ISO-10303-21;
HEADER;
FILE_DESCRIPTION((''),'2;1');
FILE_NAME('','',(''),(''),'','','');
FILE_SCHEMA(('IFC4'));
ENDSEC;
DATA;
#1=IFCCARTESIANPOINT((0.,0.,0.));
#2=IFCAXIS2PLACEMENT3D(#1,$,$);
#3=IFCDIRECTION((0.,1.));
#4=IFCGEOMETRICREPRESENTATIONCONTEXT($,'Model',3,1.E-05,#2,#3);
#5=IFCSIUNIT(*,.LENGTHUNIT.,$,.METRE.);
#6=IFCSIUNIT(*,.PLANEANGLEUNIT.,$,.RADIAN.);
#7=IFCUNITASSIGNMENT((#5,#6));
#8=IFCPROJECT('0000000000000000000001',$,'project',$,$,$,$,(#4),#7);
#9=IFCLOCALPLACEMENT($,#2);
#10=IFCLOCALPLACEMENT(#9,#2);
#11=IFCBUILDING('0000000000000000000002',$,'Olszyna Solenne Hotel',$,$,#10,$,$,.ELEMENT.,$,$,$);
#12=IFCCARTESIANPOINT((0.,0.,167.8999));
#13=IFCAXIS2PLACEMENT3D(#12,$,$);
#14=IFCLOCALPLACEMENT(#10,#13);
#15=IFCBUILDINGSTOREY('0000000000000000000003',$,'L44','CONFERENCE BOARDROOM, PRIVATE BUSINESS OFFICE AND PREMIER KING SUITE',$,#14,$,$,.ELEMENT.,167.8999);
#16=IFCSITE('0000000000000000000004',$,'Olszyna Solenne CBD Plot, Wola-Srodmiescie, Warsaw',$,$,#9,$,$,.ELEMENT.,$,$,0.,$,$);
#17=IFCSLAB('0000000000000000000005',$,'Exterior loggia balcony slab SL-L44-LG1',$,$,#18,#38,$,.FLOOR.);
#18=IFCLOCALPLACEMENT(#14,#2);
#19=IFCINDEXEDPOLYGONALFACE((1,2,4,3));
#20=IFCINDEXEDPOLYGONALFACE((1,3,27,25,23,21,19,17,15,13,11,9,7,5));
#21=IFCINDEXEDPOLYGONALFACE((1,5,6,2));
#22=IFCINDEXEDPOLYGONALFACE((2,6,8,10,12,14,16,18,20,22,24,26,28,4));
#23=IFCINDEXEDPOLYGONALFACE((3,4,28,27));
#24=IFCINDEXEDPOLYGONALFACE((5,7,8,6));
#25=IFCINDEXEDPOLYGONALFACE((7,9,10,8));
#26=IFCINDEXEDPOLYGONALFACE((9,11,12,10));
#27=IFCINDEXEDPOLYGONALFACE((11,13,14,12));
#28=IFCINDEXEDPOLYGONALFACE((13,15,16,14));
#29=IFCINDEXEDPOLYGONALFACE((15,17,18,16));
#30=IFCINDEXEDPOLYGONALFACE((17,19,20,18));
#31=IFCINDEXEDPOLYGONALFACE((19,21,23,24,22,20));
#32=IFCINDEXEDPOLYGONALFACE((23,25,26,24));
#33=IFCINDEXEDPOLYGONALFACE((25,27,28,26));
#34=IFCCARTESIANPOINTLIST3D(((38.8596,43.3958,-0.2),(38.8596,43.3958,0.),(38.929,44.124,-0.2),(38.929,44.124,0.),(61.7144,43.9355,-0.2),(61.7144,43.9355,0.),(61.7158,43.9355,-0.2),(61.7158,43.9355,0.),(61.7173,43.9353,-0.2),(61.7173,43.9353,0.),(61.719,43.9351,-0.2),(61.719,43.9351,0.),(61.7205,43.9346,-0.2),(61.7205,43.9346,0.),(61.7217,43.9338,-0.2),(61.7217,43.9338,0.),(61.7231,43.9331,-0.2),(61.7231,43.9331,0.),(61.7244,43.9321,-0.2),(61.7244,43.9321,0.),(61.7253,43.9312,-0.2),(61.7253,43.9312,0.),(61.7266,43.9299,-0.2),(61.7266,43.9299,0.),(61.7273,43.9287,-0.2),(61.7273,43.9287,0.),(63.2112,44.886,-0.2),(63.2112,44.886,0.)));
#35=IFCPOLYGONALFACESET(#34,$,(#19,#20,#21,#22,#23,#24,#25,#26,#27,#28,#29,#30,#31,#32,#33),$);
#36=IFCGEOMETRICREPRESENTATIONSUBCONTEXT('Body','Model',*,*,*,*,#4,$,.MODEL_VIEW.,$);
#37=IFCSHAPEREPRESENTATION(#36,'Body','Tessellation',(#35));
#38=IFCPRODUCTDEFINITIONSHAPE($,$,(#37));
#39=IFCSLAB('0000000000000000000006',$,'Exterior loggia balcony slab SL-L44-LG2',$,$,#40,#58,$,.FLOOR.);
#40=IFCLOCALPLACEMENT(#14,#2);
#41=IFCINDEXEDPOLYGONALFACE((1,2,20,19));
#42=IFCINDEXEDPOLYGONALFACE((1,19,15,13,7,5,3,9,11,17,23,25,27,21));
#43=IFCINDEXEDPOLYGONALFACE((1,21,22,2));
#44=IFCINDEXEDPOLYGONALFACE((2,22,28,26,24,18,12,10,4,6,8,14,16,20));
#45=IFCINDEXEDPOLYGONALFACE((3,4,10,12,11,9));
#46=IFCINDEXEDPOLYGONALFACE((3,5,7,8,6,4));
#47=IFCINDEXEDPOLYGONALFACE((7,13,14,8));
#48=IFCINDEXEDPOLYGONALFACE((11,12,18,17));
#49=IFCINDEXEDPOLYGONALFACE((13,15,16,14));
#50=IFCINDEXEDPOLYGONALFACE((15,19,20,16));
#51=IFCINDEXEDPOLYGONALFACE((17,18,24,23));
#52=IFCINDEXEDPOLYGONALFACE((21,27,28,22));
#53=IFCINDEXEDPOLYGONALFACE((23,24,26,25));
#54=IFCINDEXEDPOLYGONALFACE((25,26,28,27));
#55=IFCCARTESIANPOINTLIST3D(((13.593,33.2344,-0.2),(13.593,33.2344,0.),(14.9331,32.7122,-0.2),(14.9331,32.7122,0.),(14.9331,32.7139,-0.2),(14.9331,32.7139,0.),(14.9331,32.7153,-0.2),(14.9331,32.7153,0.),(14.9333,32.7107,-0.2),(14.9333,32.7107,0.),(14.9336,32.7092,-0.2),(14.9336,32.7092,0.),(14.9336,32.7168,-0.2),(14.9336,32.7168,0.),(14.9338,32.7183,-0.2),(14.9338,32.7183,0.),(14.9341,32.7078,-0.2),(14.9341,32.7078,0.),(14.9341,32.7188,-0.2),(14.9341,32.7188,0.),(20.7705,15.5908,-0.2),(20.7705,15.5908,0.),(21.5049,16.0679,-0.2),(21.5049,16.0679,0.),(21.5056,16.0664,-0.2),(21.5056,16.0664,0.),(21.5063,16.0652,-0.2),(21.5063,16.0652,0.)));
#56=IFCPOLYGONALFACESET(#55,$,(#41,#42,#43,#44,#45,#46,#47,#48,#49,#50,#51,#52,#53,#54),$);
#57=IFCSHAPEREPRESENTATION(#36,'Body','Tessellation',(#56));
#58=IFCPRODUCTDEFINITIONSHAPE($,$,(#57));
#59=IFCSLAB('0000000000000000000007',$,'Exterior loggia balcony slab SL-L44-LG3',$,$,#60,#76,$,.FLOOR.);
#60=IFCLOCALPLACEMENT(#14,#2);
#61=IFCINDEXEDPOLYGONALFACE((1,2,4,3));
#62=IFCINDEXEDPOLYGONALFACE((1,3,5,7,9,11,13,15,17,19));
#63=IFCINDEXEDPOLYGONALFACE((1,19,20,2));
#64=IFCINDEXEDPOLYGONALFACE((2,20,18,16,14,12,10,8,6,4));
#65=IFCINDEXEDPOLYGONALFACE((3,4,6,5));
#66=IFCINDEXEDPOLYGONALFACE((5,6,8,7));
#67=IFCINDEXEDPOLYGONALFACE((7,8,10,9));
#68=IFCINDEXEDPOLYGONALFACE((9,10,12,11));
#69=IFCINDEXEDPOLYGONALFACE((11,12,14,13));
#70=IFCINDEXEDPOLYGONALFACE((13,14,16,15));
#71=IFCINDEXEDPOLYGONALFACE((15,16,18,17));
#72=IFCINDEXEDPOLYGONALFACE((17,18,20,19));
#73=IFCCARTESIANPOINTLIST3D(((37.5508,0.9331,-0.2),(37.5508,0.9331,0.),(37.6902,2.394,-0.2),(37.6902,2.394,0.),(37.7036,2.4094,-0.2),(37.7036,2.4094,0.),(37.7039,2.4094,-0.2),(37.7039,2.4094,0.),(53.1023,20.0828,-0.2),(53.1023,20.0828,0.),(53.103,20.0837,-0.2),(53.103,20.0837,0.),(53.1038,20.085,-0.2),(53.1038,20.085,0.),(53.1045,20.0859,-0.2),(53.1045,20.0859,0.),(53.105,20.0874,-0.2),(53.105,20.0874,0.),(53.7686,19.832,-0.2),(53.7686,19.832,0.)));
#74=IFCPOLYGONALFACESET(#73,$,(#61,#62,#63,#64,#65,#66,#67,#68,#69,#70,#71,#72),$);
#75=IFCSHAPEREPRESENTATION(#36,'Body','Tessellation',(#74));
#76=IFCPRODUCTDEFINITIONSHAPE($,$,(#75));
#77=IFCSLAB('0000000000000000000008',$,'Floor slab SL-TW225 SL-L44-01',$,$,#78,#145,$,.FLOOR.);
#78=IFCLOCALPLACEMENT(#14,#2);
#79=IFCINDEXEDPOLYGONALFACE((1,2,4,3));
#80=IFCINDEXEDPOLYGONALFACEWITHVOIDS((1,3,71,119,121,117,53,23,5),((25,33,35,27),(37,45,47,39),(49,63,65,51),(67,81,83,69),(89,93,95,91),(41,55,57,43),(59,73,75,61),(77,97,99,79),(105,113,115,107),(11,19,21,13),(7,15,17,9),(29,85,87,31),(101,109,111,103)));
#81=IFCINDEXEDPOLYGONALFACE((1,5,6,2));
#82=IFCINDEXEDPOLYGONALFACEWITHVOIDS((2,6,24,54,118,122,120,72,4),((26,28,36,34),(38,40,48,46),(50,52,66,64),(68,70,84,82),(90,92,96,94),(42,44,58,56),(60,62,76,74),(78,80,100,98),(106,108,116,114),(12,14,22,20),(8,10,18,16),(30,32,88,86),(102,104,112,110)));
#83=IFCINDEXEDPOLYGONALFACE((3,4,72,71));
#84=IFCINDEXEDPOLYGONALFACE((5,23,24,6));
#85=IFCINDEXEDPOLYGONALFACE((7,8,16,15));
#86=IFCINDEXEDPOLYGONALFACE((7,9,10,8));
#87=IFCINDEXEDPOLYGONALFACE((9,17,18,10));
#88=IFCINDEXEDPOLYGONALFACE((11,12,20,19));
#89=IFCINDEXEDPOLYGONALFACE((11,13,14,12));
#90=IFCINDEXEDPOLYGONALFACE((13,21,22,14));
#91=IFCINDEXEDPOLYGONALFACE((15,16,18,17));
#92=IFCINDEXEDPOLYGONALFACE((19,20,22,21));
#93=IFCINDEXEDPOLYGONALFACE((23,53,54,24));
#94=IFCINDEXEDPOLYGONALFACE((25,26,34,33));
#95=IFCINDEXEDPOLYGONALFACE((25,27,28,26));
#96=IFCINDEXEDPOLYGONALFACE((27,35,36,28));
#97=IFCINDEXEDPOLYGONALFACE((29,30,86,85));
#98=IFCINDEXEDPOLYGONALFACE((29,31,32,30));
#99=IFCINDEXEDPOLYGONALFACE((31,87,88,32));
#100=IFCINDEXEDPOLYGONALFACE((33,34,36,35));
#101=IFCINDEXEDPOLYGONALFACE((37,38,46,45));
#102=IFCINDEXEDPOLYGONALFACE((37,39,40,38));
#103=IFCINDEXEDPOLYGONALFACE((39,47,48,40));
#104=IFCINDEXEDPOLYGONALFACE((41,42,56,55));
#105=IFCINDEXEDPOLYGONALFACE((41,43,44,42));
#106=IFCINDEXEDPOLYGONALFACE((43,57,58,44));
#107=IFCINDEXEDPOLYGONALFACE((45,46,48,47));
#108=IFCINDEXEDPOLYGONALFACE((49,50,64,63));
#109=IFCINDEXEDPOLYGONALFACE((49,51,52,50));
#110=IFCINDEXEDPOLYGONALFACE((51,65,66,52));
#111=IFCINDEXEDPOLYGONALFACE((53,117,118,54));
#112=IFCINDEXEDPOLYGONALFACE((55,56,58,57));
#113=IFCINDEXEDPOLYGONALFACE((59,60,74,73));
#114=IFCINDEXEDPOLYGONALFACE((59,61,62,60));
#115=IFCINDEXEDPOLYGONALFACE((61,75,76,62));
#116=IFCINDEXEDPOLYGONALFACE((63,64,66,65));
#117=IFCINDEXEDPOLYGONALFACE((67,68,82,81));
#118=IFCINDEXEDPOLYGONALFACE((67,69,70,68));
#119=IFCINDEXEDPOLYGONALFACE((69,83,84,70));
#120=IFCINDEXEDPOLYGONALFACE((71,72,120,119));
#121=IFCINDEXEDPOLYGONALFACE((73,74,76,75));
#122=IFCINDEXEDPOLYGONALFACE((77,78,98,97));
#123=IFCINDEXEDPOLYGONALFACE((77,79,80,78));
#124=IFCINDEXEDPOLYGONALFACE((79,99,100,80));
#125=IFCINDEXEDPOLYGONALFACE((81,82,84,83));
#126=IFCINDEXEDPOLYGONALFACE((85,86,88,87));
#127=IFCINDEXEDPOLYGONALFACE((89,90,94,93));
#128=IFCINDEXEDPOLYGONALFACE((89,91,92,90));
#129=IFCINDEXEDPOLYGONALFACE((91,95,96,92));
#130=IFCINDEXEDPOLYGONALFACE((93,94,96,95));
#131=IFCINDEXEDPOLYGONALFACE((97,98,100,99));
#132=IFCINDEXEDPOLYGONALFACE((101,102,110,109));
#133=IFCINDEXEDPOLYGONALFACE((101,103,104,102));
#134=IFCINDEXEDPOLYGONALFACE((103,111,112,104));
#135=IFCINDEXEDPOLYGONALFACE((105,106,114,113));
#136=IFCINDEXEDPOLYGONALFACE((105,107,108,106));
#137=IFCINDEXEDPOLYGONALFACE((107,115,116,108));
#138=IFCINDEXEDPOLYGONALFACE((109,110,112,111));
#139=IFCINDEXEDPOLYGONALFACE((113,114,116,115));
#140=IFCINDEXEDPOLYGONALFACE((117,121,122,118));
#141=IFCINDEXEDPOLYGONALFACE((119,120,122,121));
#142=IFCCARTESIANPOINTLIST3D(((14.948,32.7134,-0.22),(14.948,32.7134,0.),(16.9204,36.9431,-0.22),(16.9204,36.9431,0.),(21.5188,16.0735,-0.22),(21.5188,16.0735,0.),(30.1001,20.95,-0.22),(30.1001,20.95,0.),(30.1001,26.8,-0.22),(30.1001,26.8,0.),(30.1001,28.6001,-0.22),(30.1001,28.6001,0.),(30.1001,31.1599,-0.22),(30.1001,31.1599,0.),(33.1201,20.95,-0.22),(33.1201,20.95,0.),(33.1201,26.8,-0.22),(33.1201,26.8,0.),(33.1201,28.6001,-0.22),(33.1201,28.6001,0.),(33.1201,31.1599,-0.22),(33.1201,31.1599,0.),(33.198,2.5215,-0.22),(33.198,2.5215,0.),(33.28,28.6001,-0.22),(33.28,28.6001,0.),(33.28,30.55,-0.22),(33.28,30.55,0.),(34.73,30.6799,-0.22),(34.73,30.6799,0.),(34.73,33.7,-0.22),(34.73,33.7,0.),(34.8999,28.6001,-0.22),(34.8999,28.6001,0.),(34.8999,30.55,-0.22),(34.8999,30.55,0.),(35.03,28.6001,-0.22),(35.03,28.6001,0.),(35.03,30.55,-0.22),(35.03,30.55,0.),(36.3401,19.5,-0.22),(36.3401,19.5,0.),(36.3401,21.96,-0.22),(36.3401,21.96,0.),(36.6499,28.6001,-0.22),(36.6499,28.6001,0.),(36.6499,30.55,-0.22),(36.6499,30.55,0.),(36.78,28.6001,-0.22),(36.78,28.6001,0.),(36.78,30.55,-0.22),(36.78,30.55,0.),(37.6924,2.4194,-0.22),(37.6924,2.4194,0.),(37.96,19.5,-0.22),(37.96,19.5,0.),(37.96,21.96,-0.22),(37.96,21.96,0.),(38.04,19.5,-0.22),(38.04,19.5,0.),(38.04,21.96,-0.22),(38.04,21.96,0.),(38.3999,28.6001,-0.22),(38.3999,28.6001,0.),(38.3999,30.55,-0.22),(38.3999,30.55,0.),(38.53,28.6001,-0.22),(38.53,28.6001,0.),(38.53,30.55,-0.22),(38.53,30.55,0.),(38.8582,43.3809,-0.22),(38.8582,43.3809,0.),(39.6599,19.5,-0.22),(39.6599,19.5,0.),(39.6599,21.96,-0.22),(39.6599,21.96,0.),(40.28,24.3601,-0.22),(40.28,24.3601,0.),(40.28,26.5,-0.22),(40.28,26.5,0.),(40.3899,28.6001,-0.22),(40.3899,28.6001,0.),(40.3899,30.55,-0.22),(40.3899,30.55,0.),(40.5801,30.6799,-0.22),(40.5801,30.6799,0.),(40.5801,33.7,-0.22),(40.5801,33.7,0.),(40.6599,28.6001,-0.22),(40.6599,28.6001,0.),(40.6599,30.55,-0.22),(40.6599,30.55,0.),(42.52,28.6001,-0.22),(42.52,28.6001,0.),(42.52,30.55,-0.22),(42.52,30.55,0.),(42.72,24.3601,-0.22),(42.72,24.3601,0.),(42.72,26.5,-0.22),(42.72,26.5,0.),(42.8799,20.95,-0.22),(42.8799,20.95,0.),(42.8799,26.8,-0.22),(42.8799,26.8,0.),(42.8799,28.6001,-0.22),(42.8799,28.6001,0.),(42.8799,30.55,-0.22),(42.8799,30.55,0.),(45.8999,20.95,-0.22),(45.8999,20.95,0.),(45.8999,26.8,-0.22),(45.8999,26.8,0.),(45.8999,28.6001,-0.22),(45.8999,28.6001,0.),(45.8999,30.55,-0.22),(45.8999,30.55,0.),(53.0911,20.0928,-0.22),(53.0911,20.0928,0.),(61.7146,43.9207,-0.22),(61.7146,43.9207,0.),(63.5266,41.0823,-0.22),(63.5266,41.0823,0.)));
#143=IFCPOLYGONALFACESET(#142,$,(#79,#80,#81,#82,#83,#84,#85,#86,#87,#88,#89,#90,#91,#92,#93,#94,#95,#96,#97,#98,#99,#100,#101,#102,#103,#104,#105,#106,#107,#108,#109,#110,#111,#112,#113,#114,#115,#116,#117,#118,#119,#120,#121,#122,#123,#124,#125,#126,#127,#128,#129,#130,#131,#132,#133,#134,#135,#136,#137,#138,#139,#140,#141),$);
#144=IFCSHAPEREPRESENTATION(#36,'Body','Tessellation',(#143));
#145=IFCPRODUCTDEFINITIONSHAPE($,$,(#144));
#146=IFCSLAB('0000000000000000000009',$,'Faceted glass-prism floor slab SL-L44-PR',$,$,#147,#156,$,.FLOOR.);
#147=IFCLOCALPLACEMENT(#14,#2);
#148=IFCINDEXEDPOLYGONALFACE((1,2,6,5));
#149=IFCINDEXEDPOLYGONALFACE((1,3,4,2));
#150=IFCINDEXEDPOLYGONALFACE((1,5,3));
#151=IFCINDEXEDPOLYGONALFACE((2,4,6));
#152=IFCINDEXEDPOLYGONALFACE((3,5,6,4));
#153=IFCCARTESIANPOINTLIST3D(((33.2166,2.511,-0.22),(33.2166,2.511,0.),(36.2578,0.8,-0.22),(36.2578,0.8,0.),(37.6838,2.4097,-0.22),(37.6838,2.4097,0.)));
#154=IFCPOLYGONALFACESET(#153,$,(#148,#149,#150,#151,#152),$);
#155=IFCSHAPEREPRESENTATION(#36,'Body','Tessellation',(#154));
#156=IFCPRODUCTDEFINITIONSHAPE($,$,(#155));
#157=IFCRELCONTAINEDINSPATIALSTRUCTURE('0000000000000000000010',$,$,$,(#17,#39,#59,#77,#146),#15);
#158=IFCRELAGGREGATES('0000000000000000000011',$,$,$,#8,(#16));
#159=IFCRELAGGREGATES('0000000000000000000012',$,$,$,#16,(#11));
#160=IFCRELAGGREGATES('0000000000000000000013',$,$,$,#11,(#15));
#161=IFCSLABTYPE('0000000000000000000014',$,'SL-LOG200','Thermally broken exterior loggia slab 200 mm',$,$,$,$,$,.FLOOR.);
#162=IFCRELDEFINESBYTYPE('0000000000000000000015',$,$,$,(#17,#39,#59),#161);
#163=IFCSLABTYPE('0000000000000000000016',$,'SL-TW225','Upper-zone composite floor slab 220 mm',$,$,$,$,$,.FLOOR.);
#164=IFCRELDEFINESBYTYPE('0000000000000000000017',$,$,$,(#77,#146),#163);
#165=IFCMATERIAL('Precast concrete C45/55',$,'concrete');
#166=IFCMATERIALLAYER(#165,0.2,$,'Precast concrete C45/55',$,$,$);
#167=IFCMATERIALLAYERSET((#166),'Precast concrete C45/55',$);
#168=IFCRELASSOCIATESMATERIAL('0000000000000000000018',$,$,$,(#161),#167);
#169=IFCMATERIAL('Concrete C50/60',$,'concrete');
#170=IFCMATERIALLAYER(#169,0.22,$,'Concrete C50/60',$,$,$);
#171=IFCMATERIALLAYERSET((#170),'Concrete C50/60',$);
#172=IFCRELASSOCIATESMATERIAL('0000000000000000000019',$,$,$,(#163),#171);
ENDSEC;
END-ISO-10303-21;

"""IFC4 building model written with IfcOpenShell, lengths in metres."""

from ifc_helpers import new_model, si_unit, direction, frame, origin, place, context, subcontext, project, spatial, polyline, outline, extrude, material, layer, layer_set, type_object, element, save


model = new_model("IFC4")

# Units and contexts
model_context = context("Model", 3, precision=1e-05, world=origin(), true_north=direction((0.0, 1.0)))
body_context = subcontext(model_context, "Body", "Model", "MODEL_VIEW")
ifc_project = project(units=[si_unit("LENGTHUNIT", "METRE"), si_unit("PLANEANGLEUNIT", "RADIAN")], contexts=[model_context])

# Site, building, storey
site_placement = place(None, origin())
site = spatial("IfcSite", under=ifc_project, at=site_placement, Name="Olszyna Solenne CBD Plot, Wola-Srodmiescie, Warsaw", CompositionType="ELEMENT", RefElevation=0.0)
building_placement = place(site_placement, origin())
building = spatial("IfcBuilding", under=site, at=building_placement, Name="Olszyna Solenne Hotel", CompositionType="ELEMENT")
storey_placement = place(building_placement, frame((0.0, 0.0, 167.8999)))
storey = spatial("IfcBuildingStorey", under=building, at=storey_placement, Name="L44", Description="CONFERENCE BOARDROOM, PRIVATE BUSINESS OFFICE AND PREMIER KING SUITE", CompositionType="ELEMENT", Elevation=167.8999)

# Slabs
ifc_material_1 = material(Name="Precast concrete C45/55", Category="concrete")
ifc_layer_1 = layer(ifc_material_1, 0.2, Name="Precast concrete C45/55")
ifc_layer_set_1 = layer_set([ifc_layer_1], Name="Precast concrete C45/55")
slab_type_1 = type_object("IfcSlabType", Name="SL-LOG200", Description="Thermally broken exterior loggia slab 200 mm", PredefinedType="FLOOR", material=ifc_layer_set_1)
slab_1_placement = place(storey_placement, frame((0.0, 0.0, -0.2)))
element("IfcSlab", 1, at=slab_1_placement, inside=storey, type_object=slab_type_1, Name="Exterior loggia balcony slab SL-L44-LG1", PredefinedType="FLOOR", context=body_context, shape_type="SweptSolid", body=[
    extrude(outline(polyline([(38.8596, 43.3958), (61.7144, 43.9355), (61.7158, 43.9355), (61.7173, 43.9353), (61.719, 43.9351), (61.7205, 43.9346), (61.7217, 43.9338), (61.7231, 43.9331), (61.7244, 43.9321), (61.7253, 43.9312), (61.7266, 43.9299), (61.7273, 43.9287), (63.2112, 44.886), (38.929, 44.124), (38.8596, 43.3958)])), origin(), (0.0, 0.0, 1.0), 0.2),
])
slab_2_placement = place(storey_placement, frame((0.0, 0.0, -0.2)))
element("IfcSlab", 2, at=slab_2_placement, inside=storey, type_object=slab_type_1, Name="Exterior loggia balcony slab SL-L44-LG2", PredefinedType="FLOOR", context=body_context, shape_type="SweptSolid", body=[
    extrude(outline(polyline([(21.5063, 16.0652), (21.5056, 16.0664), (21.5049, 16.0679), (14.9341, 32.7078), (14.9336, 32.7092), (14.9333, 32.7107), (14.9331, 32.7122), (14.9331, 32.7139), (14.9331, 32.7153), (14.9336, 32.7168), (14.9338, 32.7183), (14.9341, 32.7188), (13.593, 33.2344), (20.7705, 15.5908), (21.5063, 16.0652)])), origin(), (0.0, 0.0, 1.0), 0.2),
])
slab_3_placement = place(storey_placement, frame((0.0, 0.0, -0.2)))
element("IfcSlab", 3, at=slab_3_placement, inside=storey, type_object=slab_type_1, Name="Exterior loggia balcony slab SL-L44-LG3", PredefinedType="FLOOR", context=body_context, shape_type="SweptSolid", body=[
    extrude(outline(polyline([(53.105, 20.0874), (53.1045, 20.0859), (53.1038, 20.085), (53.103, 20.0837), (53.1023, 20.0828), (37.7039, 2.4094), (37.7036, 2.4094), (37.6902, 2.394), (37.5508, 0.9331), (53.7686, 19.832), (53.105, 20.0874)])), origin(), (0.0, 0.0, 1.0), 0.2),
])
ifc_material_2 = material(Name="Concrete C50/60", Category="concrete")
ifc_layer_2 = layer(ifc_material_2, 0.22, Name="Concrete C50/60")
ifc_layer_set_2 = layer_set([ifc_layer_2], Name="Concrete C50/60")
slab_type_2 = type_object("IfcSlabType", Name="SL-TW225", Description="Upper-zone composite floor slab 220 mm", PredefinedType="FLOOR", material=ifc_layer_set_2)
slab_4_placement = place(storey_placement, frame((0.0, 0.0, -0.22)))
element("IfcSlab", 4, at=slab_4_placement, inside=storey, type_object=slab_type_2, Name="Floor slab SL-TW225 SL-L44-01", PredefinedType="FLOOR", context=body_context, shape_type="SweptSolid", body=[
    extrude(outline(polyline([(63.5266, 41.0823), (61.7146, 43.9207), (38.8582, 43.3809), (16.9204, 36.9431), (14.948, 32.7134), (21.5188, 16.0735), (33.198, 2.5215), (37.6924, 2.4194), (53.0911, 20.0928), (63.5266, 41.0823)]), holes=[polyline([(30.1001, 20.95), (33.1201, 20.95), (33.1201, 26.8), (30.1001, 26.8), (30.1001, 20.95)]), polyline([(42.8799, 20.95), (45.8999, 20.95), (45.8999, 26.8), (42.8799, 26.8), (42.8799, 20.95)]), polyline([(34.73, 30.6799), (40.5801, 30.6799), (40.5801, 33.7), (34.73, 33.7), (34.73, 30.6799)]), polyline([(36.3401, 19.5), (37.96, 19.5), (37.96, 21.96), (36.3401, 21.96), (36.3401, 19.5)]), polyline([(38.04, 19.5), (39.6599, 19.5), (39.6599, 21.96), (38.04, 21.96), (38.04, 19.5)]), polyline([(30.1001, 28.6001), (33.1201, 28.6001), (33.1201, 31.1599), (30.1001, 31.1599), (30.1001, 28.6001)]), polyline([(40.28, 24.3601), (42.72, 24.3601), (42.72, 26.5), (40.28, 26.5), (40.28, 24.3601)]), polyline([(33.28, 28.6001), (34.8999, 28.6001), (34.8999, 30.55), (33.28, 30.55), (33.28, 28.6001)]), polyline([(35.03, 28.6001), (36.6499, 28.6001), (36.6499, 30.55), (35.03, 30.55), (35.03, 28.6001)]), polyline([(36.78, 28.6001), (38.3999, 28.6001), (38.3999, 30.55), (36.78, 30.55), (36.78, 28.6001)]), polyline([(38.53, 28.6001), (40.3899, 28.6001), (40.3899, 30.55), (38.53, 30.55), (38.53, 28.6001)]), polyline([(40.6599, 28.6001), (42.52, 28.6001), (42.52, 30.55), (40.6599, 30.55), (40.6599, 28.6001)]), polyline([(42.8799, 28.6001), (45.8999, 28.6001), (45.8999, 30.55), (42.8799, 30.55), (42.8799, 28.6001)])]), origin(), (0.0, 0.0, 1.0), 0.22),
])
slab_5_placement = place(storey_placement, frame((0.0, 0.0, -0.22)))
element("IfcSlab", 5, at=slab_5_placement, inside=storey, type_object=slab_type_2, Name="Faceted glass-prism floor slab SL-L44-PR", PredefinedType="FLOOR", context=body_context, shape_type="SweptSolid", body=[
    extrude(outline(polyline([(37.6838, 2.4097), (33.2166, 2.511), (36.2578, 0.8), (37.6838, 2.4097)])), origin(), (0.0, 0.0, 1.0), 0.22),
])

save(model, "model.ifc")
